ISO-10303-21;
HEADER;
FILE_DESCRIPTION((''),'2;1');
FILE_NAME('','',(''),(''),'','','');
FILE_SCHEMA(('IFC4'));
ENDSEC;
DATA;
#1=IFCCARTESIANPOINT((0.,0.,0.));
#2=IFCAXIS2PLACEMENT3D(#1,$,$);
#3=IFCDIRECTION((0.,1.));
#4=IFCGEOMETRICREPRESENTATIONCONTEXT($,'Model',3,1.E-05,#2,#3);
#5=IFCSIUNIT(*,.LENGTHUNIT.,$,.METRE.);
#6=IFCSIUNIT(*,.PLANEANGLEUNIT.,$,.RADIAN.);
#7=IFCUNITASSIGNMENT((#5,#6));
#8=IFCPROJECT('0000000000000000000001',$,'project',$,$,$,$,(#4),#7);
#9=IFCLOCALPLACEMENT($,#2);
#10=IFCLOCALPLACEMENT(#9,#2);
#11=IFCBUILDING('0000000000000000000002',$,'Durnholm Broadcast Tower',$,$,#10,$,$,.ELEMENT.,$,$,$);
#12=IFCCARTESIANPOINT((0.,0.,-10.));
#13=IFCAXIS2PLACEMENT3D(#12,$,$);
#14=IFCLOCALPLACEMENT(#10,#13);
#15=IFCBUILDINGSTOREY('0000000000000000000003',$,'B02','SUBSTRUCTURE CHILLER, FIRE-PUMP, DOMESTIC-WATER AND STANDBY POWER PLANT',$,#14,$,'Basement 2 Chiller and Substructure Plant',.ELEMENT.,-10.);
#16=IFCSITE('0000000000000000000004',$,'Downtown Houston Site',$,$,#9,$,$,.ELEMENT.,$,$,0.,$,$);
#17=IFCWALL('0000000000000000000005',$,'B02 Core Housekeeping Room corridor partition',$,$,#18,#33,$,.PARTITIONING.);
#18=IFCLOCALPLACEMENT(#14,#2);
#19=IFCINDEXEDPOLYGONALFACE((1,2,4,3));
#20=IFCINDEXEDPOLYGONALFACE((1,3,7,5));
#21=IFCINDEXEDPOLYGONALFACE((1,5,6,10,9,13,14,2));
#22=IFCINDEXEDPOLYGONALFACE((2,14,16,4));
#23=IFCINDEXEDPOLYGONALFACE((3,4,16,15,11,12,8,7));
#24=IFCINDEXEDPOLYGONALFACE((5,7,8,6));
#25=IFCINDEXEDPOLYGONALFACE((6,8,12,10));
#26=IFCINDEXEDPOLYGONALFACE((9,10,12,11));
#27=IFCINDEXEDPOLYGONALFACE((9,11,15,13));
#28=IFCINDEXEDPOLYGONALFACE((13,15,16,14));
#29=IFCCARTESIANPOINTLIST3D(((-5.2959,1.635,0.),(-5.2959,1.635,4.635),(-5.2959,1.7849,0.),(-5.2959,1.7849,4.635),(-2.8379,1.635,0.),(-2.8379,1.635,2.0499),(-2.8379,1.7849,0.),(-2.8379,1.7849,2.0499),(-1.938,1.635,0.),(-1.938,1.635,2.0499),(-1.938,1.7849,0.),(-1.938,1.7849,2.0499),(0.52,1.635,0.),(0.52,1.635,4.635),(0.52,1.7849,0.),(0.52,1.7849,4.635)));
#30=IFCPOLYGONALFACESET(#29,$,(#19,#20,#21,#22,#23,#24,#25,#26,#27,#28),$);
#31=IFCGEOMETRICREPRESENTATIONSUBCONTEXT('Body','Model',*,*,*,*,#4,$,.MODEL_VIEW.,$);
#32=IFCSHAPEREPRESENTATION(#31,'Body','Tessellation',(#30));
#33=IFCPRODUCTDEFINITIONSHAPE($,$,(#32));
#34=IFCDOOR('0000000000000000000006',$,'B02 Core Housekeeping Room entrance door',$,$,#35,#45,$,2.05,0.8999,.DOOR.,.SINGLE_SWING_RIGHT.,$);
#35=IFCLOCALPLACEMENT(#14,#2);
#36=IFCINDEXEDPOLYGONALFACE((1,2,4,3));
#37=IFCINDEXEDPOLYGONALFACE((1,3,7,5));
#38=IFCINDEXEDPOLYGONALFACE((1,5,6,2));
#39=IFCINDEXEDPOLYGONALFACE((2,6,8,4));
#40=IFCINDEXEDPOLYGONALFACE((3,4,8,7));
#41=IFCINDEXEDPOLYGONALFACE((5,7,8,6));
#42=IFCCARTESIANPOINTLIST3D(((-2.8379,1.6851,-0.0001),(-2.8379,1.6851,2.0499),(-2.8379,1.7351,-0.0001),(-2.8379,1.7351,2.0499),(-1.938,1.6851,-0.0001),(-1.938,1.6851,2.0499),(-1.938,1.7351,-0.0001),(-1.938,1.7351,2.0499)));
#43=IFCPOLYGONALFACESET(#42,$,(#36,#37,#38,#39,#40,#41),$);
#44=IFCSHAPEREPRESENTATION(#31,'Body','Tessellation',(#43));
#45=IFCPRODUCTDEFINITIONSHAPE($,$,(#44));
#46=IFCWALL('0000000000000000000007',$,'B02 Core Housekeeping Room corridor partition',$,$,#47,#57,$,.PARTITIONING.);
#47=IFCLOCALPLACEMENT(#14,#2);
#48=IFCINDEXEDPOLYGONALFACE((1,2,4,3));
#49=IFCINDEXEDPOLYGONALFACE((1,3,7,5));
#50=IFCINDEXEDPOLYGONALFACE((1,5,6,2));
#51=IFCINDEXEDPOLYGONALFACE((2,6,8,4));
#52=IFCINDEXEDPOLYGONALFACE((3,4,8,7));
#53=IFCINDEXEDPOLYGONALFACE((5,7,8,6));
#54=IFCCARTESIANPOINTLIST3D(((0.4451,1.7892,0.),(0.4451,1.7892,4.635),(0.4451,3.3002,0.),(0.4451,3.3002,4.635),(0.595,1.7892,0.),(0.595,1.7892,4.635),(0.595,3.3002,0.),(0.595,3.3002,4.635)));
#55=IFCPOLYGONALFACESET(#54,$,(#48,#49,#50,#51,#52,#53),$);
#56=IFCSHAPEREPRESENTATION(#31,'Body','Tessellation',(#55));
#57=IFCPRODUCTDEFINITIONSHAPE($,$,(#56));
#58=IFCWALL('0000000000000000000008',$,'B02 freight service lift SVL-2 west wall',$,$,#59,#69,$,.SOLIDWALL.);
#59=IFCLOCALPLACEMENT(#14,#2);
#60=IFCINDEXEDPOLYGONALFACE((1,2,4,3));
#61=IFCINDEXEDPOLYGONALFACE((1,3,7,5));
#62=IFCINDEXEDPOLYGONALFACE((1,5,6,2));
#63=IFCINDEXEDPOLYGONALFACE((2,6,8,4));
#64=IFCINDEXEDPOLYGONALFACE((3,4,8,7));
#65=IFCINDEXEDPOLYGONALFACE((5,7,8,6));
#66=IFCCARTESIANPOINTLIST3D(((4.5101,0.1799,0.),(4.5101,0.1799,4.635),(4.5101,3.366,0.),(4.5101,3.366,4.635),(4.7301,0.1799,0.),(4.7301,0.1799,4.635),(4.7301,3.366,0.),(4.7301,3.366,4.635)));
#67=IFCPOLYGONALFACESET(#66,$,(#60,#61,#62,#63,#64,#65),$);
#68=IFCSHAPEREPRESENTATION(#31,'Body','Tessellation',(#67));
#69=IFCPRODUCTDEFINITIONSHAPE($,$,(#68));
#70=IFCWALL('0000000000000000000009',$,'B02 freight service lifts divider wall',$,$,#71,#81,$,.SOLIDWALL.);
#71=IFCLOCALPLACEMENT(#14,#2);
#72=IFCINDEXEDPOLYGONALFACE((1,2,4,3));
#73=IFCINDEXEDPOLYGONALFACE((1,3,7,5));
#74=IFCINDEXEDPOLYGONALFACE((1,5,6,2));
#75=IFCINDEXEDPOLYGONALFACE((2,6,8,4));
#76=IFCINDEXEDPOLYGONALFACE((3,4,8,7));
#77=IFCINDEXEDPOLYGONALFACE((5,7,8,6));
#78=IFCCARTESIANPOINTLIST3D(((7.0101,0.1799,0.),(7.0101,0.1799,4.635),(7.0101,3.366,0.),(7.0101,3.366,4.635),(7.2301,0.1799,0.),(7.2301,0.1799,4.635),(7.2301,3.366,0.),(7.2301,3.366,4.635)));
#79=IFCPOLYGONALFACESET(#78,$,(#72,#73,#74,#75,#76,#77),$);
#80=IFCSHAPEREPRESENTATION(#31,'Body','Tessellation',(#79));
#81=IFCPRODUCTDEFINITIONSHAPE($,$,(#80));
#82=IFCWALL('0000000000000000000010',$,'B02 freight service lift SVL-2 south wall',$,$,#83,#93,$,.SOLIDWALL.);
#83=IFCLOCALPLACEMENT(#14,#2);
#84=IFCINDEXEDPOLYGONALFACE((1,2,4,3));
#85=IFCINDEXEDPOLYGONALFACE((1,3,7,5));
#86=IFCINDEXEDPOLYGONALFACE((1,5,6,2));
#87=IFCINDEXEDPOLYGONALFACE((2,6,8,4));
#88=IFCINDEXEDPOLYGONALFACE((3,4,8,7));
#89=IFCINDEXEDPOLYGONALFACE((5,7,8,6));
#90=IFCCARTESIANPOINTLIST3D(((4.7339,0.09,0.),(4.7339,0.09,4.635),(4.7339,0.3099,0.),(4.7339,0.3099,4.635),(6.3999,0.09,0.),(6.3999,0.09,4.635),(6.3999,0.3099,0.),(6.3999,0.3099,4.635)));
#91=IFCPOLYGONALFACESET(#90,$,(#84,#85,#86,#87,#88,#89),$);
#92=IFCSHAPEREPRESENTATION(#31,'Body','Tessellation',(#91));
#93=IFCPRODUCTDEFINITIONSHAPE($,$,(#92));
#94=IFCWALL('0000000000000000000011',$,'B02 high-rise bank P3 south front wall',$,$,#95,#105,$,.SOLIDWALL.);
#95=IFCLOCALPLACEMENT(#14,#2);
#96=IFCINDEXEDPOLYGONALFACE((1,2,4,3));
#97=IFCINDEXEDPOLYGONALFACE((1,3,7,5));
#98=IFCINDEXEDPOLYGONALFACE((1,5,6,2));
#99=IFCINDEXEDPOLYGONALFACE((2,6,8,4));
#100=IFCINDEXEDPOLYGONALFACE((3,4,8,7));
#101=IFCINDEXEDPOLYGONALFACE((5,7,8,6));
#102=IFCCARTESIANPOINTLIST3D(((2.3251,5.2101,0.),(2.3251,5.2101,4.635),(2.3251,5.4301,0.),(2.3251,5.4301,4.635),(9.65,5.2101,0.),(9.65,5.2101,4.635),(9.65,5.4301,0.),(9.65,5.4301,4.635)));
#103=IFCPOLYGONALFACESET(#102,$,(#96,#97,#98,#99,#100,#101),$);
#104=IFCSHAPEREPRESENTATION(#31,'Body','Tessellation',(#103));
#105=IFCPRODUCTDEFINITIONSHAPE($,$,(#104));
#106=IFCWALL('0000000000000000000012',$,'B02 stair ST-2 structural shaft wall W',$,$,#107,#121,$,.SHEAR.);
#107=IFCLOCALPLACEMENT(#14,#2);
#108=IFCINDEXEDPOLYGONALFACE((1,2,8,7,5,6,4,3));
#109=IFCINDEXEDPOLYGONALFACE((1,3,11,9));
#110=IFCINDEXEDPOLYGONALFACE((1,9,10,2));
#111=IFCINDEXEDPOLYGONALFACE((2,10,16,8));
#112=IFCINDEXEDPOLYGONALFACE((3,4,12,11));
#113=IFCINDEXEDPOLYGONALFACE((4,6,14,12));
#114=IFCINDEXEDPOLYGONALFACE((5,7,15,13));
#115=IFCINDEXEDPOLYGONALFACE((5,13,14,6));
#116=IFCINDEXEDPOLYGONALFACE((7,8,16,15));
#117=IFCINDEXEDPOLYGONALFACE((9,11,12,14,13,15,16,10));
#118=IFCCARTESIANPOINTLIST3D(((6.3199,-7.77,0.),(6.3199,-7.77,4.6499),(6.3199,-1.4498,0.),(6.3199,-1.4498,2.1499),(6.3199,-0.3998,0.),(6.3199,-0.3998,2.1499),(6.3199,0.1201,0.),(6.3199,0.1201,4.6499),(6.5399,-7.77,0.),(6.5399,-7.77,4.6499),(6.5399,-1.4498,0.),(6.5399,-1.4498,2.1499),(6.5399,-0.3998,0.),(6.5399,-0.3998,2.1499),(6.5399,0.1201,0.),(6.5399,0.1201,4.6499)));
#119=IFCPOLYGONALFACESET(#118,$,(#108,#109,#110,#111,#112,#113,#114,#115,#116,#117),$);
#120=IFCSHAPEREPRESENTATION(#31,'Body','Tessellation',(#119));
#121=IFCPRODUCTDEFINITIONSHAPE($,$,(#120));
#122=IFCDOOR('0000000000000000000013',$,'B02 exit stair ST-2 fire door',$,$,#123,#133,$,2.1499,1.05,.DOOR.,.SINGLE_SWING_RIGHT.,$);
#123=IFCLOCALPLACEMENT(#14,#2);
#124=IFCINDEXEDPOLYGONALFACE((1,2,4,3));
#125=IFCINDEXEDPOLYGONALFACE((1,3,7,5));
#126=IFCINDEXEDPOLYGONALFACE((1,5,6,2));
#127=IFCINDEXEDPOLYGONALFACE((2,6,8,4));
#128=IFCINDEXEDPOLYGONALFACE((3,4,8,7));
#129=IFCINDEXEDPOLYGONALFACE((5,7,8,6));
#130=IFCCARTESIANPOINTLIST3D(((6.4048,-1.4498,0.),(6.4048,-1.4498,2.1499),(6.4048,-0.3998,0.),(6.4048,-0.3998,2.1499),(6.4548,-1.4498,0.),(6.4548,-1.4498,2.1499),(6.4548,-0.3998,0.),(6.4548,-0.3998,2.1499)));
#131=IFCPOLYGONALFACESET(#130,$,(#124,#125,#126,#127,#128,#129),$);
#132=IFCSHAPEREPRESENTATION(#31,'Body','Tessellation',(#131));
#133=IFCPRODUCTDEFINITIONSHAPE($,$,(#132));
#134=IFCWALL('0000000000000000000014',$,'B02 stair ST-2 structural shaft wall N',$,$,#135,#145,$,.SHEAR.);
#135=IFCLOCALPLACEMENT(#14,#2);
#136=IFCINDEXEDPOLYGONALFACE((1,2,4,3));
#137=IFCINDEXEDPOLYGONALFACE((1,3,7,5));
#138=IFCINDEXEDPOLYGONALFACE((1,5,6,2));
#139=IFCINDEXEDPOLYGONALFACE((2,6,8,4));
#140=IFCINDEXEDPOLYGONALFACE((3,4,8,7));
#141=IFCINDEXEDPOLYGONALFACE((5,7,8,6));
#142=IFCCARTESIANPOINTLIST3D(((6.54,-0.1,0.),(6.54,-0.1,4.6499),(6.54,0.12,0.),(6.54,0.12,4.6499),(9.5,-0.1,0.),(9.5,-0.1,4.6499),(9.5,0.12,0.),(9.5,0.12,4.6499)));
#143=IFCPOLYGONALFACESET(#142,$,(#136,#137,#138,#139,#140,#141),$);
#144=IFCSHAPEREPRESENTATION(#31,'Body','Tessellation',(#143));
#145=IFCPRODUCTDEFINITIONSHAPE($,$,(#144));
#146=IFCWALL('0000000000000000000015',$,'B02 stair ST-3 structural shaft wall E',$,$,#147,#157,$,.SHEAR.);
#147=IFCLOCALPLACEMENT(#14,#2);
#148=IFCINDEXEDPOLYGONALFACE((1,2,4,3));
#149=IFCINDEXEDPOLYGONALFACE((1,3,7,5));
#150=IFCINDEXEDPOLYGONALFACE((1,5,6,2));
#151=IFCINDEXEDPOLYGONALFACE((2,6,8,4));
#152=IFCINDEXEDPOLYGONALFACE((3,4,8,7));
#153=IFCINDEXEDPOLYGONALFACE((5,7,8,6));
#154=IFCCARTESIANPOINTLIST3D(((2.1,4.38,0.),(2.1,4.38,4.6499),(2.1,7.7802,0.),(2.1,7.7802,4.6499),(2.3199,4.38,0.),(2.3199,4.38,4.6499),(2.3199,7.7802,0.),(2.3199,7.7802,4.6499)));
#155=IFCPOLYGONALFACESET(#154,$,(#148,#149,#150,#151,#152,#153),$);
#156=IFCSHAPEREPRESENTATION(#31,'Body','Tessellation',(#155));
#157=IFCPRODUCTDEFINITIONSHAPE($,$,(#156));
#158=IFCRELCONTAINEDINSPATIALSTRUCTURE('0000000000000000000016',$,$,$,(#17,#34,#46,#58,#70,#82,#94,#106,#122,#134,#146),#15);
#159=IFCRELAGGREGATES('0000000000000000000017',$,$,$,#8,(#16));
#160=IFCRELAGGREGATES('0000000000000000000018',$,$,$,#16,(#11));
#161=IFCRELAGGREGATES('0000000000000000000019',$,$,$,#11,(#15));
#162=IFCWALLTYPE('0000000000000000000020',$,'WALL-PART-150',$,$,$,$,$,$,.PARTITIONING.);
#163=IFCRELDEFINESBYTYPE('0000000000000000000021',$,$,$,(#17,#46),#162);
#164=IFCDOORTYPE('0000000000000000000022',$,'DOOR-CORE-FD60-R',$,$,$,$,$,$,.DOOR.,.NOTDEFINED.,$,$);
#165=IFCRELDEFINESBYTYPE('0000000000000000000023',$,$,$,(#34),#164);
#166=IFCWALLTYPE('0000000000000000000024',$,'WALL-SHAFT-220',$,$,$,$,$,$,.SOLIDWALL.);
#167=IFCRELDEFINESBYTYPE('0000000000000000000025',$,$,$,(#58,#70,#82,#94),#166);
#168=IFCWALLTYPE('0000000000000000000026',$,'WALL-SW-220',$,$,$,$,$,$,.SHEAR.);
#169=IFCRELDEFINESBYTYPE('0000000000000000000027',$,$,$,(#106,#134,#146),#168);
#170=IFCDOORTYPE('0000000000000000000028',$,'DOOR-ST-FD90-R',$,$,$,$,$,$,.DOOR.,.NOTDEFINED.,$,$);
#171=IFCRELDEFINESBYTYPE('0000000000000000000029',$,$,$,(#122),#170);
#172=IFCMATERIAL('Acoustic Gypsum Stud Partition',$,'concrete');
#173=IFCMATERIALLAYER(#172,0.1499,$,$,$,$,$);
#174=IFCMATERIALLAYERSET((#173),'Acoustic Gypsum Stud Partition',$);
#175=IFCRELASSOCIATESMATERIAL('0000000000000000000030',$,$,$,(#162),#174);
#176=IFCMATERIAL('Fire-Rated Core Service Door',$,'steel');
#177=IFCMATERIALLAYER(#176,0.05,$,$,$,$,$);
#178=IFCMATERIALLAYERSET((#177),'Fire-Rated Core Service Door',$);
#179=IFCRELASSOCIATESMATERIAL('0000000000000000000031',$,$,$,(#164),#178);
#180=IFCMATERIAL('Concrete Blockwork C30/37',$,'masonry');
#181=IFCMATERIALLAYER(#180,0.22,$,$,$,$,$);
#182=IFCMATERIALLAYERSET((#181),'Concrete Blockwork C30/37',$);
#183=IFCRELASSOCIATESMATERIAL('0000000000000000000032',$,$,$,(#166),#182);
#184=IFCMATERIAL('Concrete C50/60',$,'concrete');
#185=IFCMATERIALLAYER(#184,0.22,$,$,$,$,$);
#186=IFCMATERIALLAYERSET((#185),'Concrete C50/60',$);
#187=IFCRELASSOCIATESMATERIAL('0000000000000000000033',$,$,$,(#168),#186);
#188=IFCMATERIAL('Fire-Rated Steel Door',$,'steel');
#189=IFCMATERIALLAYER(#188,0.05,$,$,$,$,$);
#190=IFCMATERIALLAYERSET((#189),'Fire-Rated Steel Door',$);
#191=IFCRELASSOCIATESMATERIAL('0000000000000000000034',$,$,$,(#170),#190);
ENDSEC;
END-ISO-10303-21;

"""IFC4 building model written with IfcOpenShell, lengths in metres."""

from ifc_helpers import new_model, si_unit, direction, frame, frame_2d, origin, place, context, subcontext, project, spatial, rectangle, extrude, source, transform, mapped, material, layer, layer_set, type_object, type_shapes, element, fill, save


model = new_model("IFC4")

# Units and contexts
model_context = context("Model", 3, precision=1e-05, world=origin(), true_north=direction((0.0, 1.0)))
body_context = subcontext(model_context, "Body", "Model", "MODEL_VIEW")
ifc_project = project(units=[si_unit("LENGTHUNIT", "METRE"), si_unit("PLANEANGLEUNIT", "RADIAN")], contexts=[model_context])

# Site, building, storey
site_placement = place(None, origin())
site = spatial("IfcSite", under=ifc_project, at=site_placement, Name="Downtown Houston Site", CompositionType="ELEMENT", RefElevation=0.0)
building_placement = place(site_placement, origin())
building = spatial("IfcBuilding", under=site, at=building_placement, Name="Durnholm Broadcast Tower", CompositionType="ELEMENT")
storey_placement = place(building_placement, frame((0.0, 0.0, -10.0)))
storey = spatial("IfcBuildingStorey", under=building, at=storey_placement, Name="B02", Description="SUBSTRUCTURE CHILLER, FIRE-PUMP, DOMESTIC-WATER AND STANDBY POWER PLANT", LongName="Basement 2 Chiller and Substructure Plant", CompositionType="ELEMENT", Elevation=-10.0)

# Shared definitions
ifc_material_1 = material(Name="Concrete C50/60", Category="concrete")

# Wall, opening, door
ifc_material_2 = material(Name="Acoustic Gypsum Stud Partition", Category="concrete")
ifc_layer_1 = layer(ifc_material_2, 0.1499)
ifc_layer_set_1 = layer_set([ifc_layer_1], Name="Acoustic Gypsum Stud Partition")
wall_type_1 = type_object("IfcWallType", Name="WALL-PART-150", PredefinedType="PARTITIONING", material=ifc_layer_set_1)
wall_1_placement = place(storey_placement, frame((0.52, 1.71, 0.0), z_axis=(0.0, 0.0, 1.0), x_axis=(-1.0, 0.0, 0.0)))
wall_1 = element("IfcWall", 1, at=wall_1_placement, inside=storey, type_object=wall_type_1, Name="B02 Core Housekeeping Room corridor partition", PredefinedType="PARTITIONING", context=body_context, shape_type="SweptSolid", body=[
    extrude(rectangle(XDim=5.8159, YDim=0.1499, at=frame_2d((2.908, 0.0))), origin(), (0.0, 0.0, 1.0), 4.635),
])
opening_1_placement = place(wall_1_placement, frame((2.458, 0.0, 0.0)))
opening_1 = element("IfcOpeningElement", 2, at=opening_1_placement, cuts=wall_1, PredefinedType="OPENING", context=body_context, shape_type="SweptSolid", body=[
    extrude(rectangle(XDim=0.8999, YDim=2.05, at=frame_2d((0.45, 1.0249))), frame((0.0, 0.085, 0.0), z_axis=(0.0, -1.0, 0.0), x_axis=(1.0, 0.0, 0.0)), (0.0, 0.0, 1.0), 0.1699),
])
ifc_material_3 = material(Name="Fire-Rated Core Service Door", Category="steel")
ifc_layer_2 = layer(ifc_material_3, 0.05)
ifc_layer_set_2 = layer_set([ifc_layer_2], Name="Fire-Rated Core Service Door")
door_type_1 = type_object("IfcDoorType", Name="DOOR-CORE-FD60-R", OperationType="NOTDEFINED", PredefinedType="DOOR", material=ifc_layer_set_2)
shared_shape_1 = source(origin(), body_context, "Body", "SweptSolid", [
    extrude(rectangle(XDim=0.8999, YDim=2.05, at=frame_2d((0.45, 1.0249))), frame((0.0, 0.0249, 0.0), z_axis=(0.0, -1.0, 0.0), x_axis=(1.0, 0.0, 0.0)), (0.0, 0.0, 1.0), 0.05),
])
type_shapes(door_type_1, [shared_shape_1])
door_1_placement = place(opening_1_placement, origin())
door_1 = element("IfcDoor", 3, at=door_1_placement, inside=storey, type_object=door_type_1, Name="B02 Core Housekeeping Room entrance door", OperationType="SINGLE_SWING_RIGHT", OverallHeight=2.05, OverallWidth=0.8999, PredefinedType="DOOR", context=body_context, shape_type="MappedRepresentation", body=[
    mapped(shared_shape_1, transform((0.0, 0.0, 0.0), x_axis=(1.0, 0.0, 0.0), y_axis=(0.0, 1.0, 0.0), z_axis=(0.0, 0.0, 1.0), scale=1.0)),
])
fill(opening_1, door_1)

# Wall
wall_2_placement = place(storey_placement, frame((0.52, 3.3, 0.0), z_axis=(0.0, 0.0, 1.0), x_axis=(0.0, -1.0, 0.0)))
element("IfcWall", 4, at=wall_2_placement, inside=storey, type_object=wall_type_1, Name="B02 Core Housekeeping Room corridor partition", PredefinedType="PARTITIONING", context=body_context, shape_type="SweptSolid", body=[
    extrude(rectangle(XDim=1.511, YDim=0.1499, at=frame_2d((0.7554, 0.0))), origin(), (0.0, 0.0, 1.0), 4.635),
])

# Shared definitions
ifc_material_4 = material(Name="Concrete Blockwork C30/37", Category="masonry")
ifc_layer_3 = layer(ifc_material_4, 0.22)
ifc_layer_set_3 = layer_set([ifc_layer_3], Name="Concrete Blockwork C30/37")
wall_type_2 = type_object("IfcWallType", Name="WALL-SHAFT-220", PredefinedType="SOLIDWALL", material=ifc_layer_set_3)

# Walls
for number, where, z_axis, x_axis, name in (
    (5, (4.6201, 0.1799, 0.0), (0.0, 0.0, 1.0), (0.0, 1.0, 0.0), "B02 freight service lift SVL-2 west wall"),
    (6, (7.1201, 0.1799, 0.0), (0.0, 0.0, 1.0), (0.0, 1.0, 0.0), "B02 freight service lifts divider wall"),
):
    element("IfcWall", number, at=place(storey_placement, frame(where, z_axis=z_axis, x_axis=x_axis)), inside=storey, type_object=wall_type_2, Name=name, PredefinedType="SOLIDWALL", context=body_context, shape_type="SweptSolid", body=[
        extrude(rectangle(XDim=3.186, YDim=0.22, at=frame_2d((1.593, 0.0))), origin(), (0.0, 0.0, 1.0), 4.635),
    ])
wall_3_placement = place(storey_placement, frame((4.7339, 0.2, 0.0), z_axis=(0.0, 0.0, 1.0), x_axis=(1.0, 0.0, 0.0)))
element("IfcWall", 7, at=wall_3_placement, inside=storey, type_object=wall_type_2, Name="B02 freight service lift SVL-2 south wall", PredefinedType="SOLIDWALL", context=body_context, shape_type="SweptSolid", body=[
    extrude(rectangle(XDim=1.666, YDim=0.22, at=frame_2d((0.833, 0.0))), origin(), (0.0, 0.0, 1.0), 4.635),
])
wall_4_placement = place(storey_placement, frame((2.325, 5.3201, 0.0), z_axis=(0.0, 0.0, 1.0), x_axis=(1.0, 0.0, 0.0)))
element("IfcWall", 8, at=wall_4_placement, inside=storey, type_object=wall_type_2, Name="B02 high-rise bank P3 south front wall", PredefinedType="SOLIDWALL", context=body_context, shape_type="SweptSolid", body=[
    extrude(rectangle(XDim=7.325, YDim=0.22, at=frame_2d((3.6626, 0.0))), origin(), (0.0, 0.0, 1.0), 4.635),
])

# Wall, opening, door
ifc_layer_4 = layer(ifc_material_1, 0.22)
ifc_layer_set_4 = layer_set([ifc_layer_4], Name="Concrete C50/60")
wall_type_3 = type_object("IfcWallType", Name="WALL-SW-220", PredefinedType="SHEAR", material=ifc_layer_set_4)
wall_5_placement = place(storey_placement, frame((6.4299, 0.1201, 0.0), z_axis=(0.0, 0.0, 1.0), x_axis=(0.0, -1.0, 0.0)))
wall_5 = element("IfcWall", 9, at=wall_5_placement, inside=storey, type_object=wall_type_3, Name="B02 stair ST-2 structural shaft wall W", PredefinedType="SHEAR", context=body_context, shape_type="SweptSolid", body=[
    extrude(rectangle(XDim=7.8901, YDim=0.22, at=frame_2d((3.9451, 0.0))), origin(), (0.0, 0.0, 1.0), 4.6499),
])
opening_2_placement = place(wall_5_placement, frame((0.52, 0.0, 0.0)))
opening_2 = element("IfcOpeningElement", 10, at=opening_2_placement, cuts=wall_5, PredefinedType="OPENING", context=body_context, shape_type="SweptSolid", body=[
    extrude(rectangle(XDim=1.05, YDim=2.1499, at=frame_2d((0.5249, 1.075))), frame((0.0, 0.1201, 0.0), z_axis=(0.0, -1.0, 0.0), x_axis=(1.0, 0.0, 0.0)), (0.0, 0.0, 1.0), 0.24),
])
ifc_material_5 = material(Name="Fire-Rated Steel Door", Category="steel")
ifc_layer_5 = layer(ifc_material_5, 0.05)
ifc_layer_set_5 = layer_set([ifc_layer_5], Name="Fire-Rated Steel Door")
door_type_2 = type_object("IfcDoorType", Name="DOOR-ST-FD90-R", OperationType="NOTDEFINED", PredefinedType="DOOR", material=ifc_layer_set_5)
shared_shape_2 = source(origin(), body_context, "Body", "SweptSolid", [
    extrude(rectangle(XDim=1.05, YDim=2.1499, at=frame_2d((0.5249, 1.075))), frame((0.0, 0.0249, 0.0), z_axis=(0.0, -1.0, 0.0), x_axis=(1.0, 0.0, 0.0)), (0.0, 0.0, 1.0), 0.05),
])
type_shapes(door_type_2, [shared_shape_2])
door_2_placement = place(opening_2_placement, origin())
door_2 = element("IfcDoor", 11, at=door_2_placement, inside=storey, type_object=door_type_2, Name="B02 exit stair ST-2 fire door", OperationType="SINGLE_SWING_RIGHT", OverallHeight=2.1499, OverallWidth=1.05, PredefinedType="DOOR", context=body_context, shape_type="MappedRepresentation", body=[
    mapped(shared_shape_2, transform((0.0, 0.0, 0.0), x_axis=(1.0, 0.0, 0.0), y_axis=(0.0, 1.0, 0.0), z_axis=(0.0, 0.0, 1.0), scale=1.0)),
])
fill(opening_2, door_2)

# Walls
wall_6_placement = place(storey_placement, frame((9.5, 0.01, 0.0), z_axis=(0.0, 0.0, 1.0), x_axis=(-1.0, 0.0, 0.0)))
element("IfcWall", 12, at=wall_6_placement, inside=storey, type_object=wall_type_3, Name="B02 stair ST-2 structural shaft wall N", PredefinedType="SHEAR", context=body_context, shape_type="SweptSolid", body=[
    extrude(rectangle(XDim=2.96, YDim=0.22, at=frame_2d((1.48, 0.0))), origin(), (0.0, 0.0, 1.0), 4.6499),
])
wall_7_placement = place(storey_placement, frame((2.21, 4.3799, 0.0), z_axis=(0.0, 0.0, 1.0), x_axis=(0.0, 1.0, 0.0)))
element("IfcWall", 13, at=wall_7_placement, inside=storey, type_object=wall_type_3, Name="B02 stair ST-3 structural shaft wall E", PredefinedType="SHEAR", context=body_context, shape_type="SweptSolid", body=[
    extrude(rectangle(XDim=3.4001, YDim=0.22, at=frame_2d((1.7002, 0.0))), origin(), (0.0, 0.0, 1.0), 4.6499),
])

save(model, "model.ifc")
